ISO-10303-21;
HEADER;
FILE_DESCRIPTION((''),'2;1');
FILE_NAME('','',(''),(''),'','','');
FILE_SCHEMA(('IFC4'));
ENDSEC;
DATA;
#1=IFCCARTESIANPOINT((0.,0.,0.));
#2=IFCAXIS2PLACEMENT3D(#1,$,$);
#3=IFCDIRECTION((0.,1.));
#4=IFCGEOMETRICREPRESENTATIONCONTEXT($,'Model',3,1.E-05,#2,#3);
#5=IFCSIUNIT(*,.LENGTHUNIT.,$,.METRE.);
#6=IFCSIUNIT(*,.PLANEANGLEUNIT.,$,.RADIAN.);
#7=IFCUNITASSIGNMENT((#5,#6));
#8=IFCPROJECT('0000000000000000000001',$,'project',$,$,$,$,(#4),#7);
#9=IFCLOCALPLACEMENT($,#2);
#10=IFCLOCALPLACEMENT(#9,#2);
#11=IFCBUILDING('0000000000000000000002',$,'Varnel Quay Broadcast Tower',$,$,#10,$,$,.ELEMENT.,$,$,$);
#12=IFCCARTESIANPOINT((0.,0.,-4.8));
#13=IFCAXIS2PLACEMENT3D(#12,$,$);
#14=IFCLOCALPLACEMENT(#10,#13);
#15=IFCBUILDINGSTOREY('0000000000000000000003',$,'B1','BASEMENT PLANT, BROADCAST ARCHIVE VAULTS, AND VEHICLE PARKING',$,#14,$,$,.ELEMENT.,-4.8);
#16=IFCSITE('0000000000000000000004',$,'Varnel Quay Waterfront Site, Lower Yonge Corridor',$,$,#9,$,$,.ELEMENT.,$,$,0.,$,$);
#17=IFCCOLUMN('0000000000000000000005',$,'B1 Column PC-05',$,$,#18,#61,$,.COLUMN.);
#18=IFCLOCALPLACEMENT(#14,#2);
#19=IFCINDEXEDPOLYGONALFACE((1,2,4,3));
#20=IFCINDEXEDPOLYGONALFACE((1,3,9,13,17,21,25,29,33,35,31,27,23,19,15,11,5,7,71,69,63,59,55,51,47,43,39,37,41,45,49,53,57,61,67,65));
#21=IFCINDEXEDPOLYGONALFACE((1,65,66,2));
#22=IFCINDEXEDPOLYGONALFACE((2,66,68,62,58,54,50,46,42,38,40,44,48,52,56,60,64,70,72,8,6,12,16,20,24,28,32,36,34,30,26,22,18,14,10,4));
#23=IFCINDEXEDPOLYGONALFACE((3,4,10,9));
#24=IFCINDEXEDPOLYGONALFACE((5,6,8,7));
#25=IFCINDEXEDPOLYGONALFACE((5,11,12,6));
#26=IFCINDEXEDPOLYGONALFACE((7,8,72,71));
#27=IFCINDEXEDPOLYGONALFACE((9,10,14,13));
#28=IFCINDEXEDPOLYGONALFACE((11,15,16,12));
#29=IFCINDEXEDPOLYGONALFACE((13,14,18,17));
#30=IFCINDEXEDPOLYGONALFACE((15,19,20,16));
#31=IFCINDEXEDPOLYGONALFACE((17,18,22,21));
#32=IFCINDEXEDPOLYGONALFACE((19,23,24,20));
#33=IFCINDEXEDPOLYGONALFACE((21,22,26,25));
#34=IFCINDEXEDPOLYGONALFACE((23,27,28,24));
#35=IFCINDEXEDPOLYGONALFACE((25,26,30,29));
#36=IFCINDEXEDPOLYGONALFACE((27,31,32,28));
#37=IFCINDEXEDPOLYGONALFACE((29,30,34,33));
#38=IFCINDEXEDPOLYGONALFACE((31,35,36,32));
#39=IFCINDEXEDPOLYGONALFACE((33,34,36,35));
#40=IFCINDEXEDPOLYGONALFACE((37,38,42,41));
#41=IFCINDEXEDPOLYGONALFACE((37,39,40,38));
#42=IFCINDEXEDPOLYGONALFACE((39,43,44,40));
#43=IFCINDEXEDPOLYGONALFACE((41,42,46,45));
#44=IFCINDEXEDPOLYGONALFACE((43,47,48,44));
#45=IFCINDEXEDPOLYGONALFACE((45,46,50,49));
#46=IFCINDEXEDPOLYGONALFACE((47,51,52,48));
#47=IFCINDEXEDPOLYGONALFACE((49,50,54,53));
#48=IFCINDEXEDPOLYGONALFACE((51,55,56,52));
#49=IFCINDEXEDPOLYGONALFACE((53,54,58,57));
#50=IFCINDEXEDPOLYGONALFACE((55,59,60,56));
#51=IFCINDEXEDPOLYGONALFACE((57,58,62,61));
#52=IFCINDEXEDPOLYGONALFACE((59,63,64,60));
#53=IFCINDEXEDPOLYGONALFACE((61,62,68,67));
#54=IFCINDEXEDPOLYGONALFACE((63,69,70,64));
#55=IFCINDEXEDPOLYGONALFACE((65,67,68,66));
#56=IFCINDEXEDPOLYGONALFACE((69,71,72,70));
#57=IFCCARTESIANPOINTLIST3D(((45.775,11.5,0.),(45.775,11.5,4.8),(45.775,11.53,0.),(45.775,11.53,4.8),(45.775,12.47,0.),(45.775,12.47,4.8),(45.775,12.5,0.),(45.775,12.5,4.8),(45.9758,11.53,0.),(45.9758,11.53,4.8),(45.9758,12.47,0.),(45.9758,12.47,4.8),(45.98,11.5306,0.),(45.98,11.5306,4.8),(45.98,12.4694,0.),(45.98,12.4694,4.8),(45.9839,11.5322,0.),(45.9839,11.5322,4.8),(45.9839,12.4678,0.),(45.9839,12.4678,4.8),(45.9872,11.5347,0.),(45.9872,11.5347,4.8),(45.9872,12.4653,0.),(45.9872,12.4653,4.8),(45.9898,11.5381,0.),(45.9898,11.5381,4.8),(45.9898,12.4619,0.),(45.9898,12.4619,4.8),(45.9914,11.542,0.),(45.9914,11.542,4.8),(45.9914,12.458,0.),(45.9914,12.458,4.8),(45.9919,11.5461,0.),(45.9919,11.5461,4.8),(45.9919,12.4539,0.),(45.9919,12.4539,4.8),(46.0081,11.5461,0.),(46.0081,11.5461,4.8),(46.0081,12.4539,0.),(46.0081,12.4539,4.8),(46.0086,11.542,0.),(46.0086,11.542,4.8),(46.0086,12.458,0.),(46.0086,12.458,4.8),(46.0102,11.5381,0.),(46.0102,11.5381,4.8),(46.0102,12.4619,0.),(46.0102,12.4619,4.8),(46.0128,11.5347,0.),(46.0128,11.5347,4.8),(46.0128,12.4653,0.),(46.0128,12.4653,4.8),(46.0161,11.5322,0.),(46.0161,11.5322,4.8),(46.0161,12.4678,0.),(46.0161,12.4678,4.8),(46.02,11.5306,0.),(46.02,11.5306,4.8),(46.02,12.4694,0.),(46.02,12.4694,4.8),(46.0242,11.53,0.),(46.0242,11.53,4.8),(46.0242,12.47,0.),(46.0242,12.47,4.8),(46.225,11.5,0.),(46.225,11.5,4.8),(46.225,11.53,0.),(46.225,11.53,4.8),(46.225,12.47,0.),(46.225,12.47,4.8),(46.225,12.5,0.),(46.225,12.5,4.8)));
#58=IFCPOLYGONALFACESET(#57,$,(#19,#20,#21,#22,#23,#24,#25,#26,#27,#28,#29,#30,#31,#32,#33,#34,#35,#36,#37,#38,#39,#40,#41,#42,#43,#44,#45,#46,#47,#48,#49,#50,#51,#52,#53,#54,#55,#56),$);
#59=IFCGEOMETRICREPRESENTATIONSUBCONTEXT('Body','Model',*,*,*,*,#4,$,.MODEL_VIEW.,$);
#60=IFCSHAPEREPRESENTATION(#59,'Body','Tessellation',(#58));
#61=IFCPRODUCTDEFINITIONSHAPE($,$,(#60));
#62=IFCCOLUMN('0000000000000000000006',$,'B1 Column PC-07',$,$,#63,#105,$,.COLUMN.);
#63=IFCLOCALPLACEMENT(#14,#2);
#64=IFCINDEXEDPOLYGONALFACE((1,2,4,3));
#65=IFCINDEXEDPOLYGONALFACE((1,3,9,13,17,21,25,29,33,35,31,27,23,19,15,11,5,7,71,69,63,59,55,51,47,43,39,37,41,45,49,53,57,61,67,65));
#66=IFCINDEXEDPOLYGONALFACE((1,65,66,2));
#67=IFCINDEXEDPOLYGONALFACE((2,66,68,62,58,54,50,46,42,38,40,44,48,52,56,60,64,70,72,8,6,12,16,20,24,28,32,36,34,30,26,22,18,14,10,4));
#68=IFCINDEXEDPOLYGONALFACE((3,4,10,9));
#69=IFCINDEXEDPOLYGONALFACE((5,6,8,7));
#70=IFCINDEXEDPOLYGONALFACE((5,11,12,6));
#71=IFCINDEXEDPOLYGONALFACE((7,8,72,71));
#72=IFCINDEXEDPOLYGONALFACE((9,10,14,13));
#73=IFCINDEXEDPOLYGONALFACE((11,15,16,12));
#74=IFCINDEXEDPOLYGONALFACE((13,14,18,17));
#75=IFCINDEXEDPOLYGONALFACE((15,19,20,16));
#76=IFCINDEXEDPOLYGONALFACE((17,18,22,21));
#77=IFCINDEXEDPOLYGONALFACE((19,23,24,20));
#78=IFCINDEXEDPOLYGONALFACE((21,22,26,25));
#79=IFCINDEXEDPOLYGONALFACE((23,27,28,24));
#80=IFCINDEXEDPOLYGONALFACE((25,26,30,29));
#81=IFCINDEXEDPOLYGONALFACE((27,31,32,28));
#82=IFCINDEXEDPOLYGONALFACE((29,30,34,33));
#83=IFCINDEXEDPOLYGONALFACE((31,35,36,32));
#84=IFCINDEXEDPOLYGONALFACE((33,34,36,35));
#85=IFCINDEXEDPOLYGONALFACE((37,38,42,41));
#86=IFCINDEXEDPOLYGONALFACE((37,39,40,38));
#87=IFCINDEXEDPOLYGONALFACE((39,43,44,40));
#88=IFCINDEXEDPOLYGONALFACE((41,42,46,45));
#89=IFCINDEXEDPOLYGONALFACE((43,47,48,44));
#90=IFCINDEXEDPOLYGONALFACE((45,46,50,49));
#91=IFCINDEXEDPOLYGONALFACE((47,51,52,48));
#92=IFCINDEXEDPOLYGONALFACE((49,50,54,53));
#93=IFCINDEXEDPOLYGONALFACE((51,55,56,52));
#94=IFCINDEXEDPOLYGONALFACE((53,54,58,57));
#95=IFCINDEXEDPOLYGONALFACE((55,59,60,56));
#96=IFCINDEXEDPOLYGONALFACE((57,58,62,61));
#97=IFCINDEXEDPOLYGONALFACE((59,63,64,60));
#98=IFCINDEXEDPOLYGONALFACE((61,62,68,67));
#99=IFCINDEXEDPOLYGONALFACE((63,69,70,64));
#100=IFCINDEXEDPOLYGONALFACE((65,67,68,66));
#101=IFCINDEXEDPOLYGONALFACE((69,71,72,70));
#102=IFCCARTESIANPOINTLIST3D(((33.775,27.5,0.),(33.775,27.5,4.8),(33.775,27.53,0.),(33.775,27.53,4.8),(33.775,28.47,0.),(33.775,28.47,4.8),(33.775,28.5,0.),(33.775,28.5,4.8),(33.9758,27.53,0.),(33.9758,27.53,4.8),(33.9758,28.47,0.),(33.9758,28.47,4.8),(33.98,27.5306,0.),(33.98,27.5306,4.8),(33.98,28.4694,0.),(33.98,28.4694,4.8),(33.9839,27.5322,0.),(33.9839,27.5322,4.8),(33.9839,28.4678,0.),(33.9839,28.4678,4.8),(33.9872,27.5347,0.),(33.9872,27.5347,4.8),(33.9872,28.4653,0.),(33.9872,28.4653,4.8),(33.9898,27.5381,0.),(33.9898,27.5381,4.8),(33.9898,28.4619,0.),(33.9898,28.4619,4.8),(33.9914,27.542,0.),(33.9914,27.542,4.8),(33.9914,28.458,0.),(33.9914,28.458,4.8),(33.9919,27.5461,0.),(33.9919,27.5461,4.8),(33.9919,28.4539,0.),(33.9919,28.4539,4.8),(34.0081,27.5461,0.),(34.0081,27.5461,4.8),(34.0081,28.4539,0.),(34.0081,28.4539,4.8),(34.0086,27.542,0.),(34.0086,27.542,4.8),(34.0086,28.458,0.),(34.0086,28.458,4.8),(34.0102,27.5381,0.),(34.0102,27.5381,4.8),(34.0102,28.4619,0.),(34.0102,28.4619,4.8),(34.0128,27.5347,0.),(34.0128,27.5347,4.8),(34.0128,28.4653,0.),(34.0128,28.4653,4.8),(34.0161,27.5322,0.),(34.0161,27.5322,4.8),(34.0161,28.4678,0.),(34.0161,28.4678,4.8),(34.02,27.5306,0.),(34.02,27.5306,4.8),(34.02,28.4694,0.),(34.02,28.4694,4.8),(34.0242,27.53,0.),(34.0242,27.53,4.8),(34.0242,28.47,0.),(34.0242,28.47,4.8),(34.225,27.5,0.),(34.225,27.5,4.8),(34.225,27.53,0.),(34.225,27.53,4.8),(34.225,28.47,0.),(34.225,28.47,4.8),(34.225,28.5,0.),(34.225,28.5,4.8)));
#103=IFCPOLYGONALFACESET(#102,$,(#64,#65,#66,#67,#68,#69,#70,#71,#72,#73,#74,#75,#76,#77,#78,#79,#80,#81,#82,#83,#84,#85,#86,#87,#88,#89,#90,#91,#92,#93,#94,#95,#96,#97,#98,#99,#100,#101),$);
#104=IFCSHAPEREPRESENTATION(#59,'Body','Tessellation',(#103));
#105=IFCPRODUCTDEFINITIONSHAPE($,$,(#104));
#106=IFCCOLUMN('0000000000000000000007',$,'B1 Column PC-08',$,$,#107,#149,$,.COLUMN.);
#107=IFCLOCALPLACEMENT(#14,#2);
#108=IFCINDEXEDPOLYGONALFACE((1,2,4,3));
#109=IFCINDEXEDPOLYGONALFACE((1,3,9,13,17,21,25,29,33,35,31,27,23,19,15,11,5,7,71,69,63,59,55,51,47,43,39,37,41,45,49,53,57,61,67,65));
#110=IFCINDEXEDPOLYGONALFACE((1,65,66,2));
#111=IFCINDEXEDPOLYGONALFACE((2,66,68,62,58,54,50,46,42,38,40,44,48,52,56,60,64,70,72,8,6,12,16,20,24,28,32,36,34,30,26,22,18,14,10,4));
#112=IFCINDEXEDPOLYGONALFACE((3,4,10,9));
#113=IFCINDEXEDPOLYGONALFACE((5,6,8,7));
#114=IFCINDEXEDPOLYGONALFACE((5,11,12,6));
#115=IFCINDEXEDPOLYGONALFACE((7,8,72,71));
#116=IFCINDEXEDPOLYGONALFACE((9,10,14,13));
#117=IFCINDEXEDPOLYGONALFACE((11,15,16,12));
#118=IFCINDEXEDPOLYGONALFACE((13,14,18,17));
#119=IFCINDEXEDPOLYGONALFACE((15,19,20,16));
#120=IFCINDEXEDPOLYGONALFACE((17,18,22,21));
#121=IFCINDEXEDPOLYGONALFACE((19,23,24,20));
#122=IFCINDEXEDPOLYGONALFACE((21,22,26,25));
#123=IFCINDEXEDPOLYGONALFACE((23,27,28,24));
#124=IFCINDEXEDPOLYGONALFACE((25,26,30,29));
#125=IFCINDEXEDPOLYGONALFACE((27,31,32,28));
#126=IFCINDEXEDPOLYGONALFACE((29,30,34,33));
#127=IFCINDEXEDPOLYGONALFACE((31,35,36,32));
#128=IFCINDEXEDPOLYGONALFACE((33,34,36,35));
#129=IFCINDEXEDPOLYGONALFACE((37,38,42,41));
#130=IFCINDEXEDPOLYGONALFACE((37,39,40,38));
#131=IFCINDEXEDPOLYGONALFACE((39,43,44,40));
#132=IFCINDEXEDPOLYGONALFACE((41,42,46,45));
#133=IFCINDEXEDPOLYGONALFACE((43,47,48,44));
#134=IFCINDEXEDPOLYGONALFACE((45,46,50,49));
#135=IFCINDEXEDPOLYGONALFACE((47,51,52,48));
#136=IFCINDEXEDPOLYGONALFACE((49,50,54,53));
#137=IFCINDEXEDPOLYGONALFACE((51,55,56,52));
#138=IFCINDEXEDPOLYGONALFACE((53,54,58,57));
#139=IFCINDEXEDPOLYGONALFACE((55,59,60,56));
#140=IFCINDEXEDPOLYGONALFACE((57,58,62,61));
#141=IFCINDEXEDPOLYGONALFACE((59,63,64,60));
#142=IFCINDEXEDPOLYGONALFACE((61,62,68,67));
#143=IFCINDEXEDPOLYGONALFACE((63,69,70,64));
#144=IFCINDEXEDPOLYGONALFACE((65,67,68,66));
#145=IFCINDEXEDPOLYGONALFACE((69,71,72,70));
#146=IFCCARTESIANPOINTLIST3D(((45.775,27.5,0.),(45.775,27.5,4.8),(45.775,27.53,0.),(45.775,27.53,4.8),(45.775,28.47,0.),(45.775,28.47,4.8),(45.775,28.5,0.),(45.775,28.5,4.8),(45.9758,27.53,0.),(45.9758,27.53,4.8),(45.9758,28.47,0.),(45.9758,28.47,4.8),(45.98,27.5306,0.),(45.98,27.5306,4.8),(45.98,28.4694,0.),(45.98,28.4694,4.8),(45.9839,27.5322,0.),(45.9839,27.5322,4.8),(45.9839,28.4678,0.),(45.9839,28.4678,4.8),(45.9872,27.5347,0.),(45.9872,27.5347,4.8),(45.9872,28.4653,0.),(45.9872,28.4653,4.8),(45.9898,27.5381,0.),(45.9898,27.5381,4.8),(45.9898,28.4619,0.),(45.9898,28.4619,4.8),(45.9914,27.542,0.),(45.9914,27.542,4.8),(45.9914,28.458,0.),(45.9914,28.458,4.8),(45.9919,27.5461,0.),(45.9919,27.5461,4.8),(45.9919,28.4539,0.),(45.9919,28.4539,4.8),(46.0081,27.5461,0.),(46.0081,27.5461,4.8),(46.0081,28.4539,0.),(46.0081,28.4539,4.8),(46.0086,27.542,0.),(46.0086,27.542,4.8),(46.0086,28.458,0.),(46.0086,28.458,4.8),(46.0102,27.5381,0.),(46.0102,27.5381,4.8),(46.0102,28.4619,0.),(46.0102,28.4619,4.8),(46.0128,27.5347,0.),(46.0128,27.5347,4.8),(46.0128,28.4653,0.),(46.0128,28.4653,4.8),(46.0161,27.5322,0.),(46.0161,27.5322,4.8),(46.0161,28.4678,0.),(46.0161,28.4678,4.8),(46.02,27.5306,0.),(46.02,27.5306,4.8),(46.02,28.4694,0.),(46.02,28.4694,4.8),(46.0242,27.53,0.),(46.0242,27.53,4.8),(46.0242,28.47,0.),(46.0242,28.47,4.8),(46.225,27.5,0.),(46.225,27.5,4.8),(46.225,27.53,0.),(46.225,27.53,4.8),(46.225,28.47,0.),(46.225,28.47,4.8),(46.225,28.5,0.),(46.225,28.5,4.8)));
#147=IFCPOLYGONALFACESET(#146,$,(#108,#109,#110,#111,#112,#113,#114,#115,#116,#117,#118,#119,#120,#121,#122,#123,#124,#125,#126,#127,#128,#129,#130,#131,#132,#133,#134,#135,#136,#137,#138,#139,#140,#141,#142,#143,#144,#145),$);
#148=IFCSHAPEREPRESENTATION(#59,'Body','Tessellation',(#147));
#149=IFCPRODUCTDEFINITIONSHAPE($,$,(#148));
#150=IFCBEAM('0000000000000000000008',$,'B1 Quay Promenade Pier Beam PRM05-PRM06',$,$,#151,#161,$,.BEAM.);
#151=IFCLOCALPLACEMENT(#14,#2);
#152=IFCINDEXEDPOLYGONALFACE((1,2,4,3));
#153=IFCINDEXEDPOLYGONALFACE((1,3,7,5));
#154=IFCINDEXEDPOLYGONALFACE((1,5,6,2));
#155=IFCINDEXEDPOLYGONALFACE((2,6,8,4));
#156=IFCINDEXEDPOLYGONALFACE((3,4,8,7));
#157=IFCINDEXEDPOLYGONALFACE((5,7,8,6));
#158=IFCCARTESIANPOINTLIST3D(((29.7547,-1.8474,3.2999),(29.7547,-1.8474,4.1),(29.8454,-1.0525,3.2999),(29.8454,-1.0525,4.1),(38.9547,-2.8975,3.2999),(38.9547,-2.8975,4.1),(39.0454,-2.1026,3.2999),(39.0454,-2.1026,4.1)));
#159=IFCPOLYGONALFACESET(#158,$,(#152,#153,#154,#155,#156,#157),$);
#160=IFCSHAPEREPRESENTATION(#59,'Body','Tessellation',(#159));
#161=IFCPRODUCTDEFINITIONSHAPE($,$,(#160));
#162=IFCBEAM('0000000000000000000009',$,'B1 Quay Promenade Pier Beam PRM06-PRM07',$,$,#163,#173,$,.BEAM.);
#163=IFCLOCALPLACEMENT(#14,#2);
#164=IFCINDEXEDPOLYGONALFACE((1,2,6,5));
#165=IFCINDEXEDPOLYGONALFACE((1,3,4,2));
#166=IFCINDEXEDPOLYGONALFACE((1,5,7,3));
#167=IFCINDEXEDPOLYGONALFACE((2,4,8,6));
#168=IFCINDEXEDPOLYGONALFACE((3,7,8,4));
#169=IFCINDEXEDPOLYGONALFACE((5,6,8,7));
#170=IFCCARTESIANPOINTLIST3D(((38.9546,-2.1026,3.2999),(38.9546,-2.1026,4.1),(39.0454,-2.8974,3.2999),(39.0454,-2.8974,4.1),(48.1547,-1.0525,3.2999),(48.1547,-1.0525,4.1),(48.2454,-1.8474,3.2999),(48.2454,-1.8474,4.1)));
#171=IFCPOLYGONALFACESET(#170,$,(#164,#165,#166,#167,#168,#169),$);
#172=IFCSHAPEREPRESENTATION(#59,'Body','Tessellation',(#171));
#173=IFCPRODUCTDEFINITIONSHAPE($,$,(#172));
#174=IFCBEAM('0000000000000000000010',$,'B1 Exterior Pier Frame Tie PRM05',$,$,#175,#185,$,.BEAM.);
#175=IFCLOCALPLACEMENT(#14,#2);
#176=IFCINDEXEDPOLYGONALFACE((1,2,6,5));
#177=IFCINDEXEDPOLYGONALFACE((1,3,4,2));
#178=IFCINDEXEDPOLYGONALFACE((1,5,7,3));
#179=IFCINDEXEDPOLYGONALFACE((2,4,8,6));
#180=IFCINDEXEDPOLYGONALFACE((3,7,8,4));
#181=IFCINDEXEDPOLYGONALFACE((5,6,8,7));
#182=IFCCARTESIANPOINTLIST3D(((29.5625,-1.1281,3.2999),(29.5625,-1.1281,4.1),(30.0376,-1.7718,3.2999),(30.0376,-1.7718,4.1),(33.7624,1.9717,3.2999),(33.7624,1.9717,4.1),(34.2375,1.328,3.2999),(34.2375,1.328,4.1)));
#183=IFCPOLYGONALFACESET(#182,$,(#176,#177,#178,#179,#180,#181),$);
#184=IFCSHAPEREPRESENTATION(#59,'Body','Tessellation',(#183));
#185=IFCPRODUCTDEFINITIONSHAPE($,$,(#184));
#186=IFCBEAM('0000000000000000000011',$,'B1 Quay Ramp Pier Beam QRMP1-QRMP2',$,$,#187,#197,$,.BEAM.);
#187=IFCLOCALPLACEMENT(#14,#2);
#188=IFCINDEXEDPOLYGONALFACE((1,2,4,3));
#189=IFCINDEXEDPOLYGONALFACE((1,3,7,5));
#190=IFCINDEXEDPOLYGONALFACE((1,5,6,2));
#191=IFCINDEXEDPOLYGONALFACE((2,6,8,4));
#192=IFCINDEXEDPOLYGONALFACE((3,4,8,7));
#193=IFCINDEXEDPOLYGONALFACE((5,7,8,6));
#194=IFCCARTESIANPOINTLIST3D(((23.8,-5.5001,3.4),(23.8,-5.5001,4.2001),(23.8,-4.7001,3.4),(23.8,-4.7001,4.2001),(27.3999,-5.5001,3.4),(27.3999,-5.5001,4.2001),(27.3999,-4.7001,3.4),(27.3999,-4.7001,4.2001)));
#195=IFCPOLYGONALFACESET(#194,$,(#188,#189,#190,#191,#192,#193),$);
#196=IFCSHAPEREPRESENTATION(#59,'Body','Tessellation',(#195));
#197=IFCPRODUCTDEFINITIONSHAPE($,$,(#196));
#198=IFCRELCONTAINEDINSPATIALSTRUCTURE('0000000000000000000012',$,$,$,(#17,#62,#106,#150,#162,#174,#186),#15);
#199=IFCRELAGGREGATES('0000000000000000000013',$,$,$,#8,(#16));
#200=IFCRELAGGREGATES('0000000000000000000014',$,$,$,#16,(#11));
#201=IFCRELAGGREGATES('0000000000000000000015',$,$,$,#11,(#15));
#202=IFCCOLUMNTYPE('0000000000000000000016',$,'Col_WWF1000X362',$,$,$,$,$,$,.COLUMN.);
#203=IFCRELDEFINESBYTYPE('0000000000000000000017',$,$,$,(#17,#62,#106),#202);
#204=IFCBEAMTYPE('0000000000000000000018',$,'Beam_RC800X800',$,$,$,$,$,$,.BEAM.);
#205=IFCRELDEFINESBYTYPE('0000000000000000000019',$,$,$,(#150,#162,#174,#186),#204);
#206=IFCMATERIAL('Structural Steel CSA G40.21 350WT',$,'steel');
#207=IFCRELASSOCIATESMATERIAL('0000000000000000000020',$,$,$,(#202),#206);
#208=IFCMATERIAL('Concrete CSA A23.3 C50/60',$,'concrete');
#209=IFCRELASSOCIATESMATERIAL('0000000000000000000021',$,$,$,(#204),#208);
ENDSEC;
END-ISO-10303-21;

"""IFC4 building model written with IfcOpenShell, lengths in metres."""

from ifc_helpers import new_model, si_unit, direction, frame, origin, origin_2d, place, context, subcontext, project, spatial, rectangle, i_section, extrude, source, transform, mapped, material, material_profile, profile_set, type_object, type_shapes, element, save


model = new_model("IFC4")

# Units and contexts
model_context = context("Model", 3, precision=1e-05, world=origin(), true_north=direction((0.0, 1.0)))
body_context = subcontext(model_context, "Body", "Model", "MODEL_VIEW")
ifc_project = project(units=[si_unit("LENGTHUNIT", "METRE"), si_unit("PLANEANGLEUNIT", "RADIAN")], contexts=[model_context])

# Site, building, storey
site_placement = place(None, origin())
site = spatial("IfcSite", under=ifc_project, at=site_placement, Name="Varnel Quay Waterfront Site, Lower Yonge Corridor", CompositionType="ELEMENT", RefElevation=0.0)
building_placement = place(site_placement, origin())
building = spatial("IfcBuilding", under=site, at=building_placement, Name="Varnel Quay Broadcast Tower", CompositionType="ELEMENT")
storey_placement = place(building_placement, frame((0.0, 0.0, -4.8)))
storey = spatial("IfcBuildingStorey", under=building, at=storey_placement, Name="B1", Description="BASEMENT PLANT, BROADCAST ARCHIVE VAULTS, AND VEHICLE PARKING", CompositionType="ELEMENT", Elevation=-4.8)

# Columns
ifc_material_1 = material(Name="Concrete CSA A23.3 C50/60", Category="concrete")
ifc_material_2 = material(Name="Structural Steel CSA G40.21 350WT", Category="steel")
ifc_material_profile_1 = material_profile(ifc_material_2, i_section(OverallWidth=0.45, OverallDepth=1.0, WebThickness=0.0161, FlangeThickness=0.03, FilletRadius=0.0161, at=origin_2d()), Name="WWF1000X362")
ifc_profile_set_1 = profile_set([ifc_material_profile_1], Name="Structural Steel CSA G40.21 350WT")
column_type_1 = type_object("IfcColumnType", Name="Col_WWF1000X362", PredefinedType="COLUMN", material=ifc_profile_set_1)
shared_shape_1 = source(origin(), body_context, "Body", "SweptSolid", [
    extrude(i_section(OverallWidth=0.45, OverallDepth=1.0, WebThickness=0.0161, FlangeThickness=0.03, FilletRadius=0.0161, at=origin_2d()), origin(), (0.0, 0.0, 1.0), 4.8),
])
type_shapes(column_type_1, [shared_shape_1])
for number, where, z_axis, x_axis, name in (
    (1, (46.0, 12.0, 0.0), (0.0, 0.0, 1.0), (1.0, 0.0, 0.0), "B1 Column PC-05"),
    (2, (34.0, 28.0, 0.0), (0.0, 0.0, 1.0), (1.0, 0.0, 0.0), "B1 Column PC-07"),
    (3, (46.0, 28.0, 0.0), (0.0, 0.0, 1.0), (1.0, 0.0, 0.0), "B1 Column PC-08"),
):
    element("IfcColumn", number, at=place(storey_placement, frame(where, z_axis=z_axis, x_axis=x_axis)), inside=storey, type_object=column_type_1, Name=name, PredefinedType="COLUMN", context=body_context, shape_type="MappedRepresentation", body=[
        mapped(shared_shape_1, transform((0.0, 0.0, 0.0), x_axis=(1.0, 0.0, 0.0), y_axis=(0.0, 1.0, 0.0), z_axis=(0.0, 0.0, 1.0), scale=1.0)),
    ])

# Beams
ifc_material_profile_2 = material_profile(ifc_material_1, rectangle(XDim=0.8, YDim=0.8, at=origin_2d()), Name="RC800X800")
ifc_profile_set_2 = profile_set([ifc_material_profile_2], Name="Concrete CSA A23.3 C50/60")
beam_type_1 = type_object("IfcBeamType", Name="Beam_RC800X800", PredefinedType="BEAM", material=ifc_profile_set_2)
shared_shape_2 = source(origin(), body_context, "Body", "SweptSolid", [
    extrude(rectangle(XDim=0.8, YDim=0.8, at=origin_2d()), origin(), (0.0, 0.0, 1.0), 9.2598),
])
for number, where, z_axis, x_axis, name in (
    (4, (29.8, -1.45, 3.7), (0.993549, -0.1134, 0.0), (0.1134, 0.993549, 0.0), "B1 Quay Promenade Pier Beam PRM05-PRM06"),
    (5, (39.0, -2.5, 3.7), (0.993549, 0.1134, 0.0), (-0.1134, 0.993549, 0.0), "B1 Quay Promenade Pier Beam PRM06-PRM07"),
):
    element("IfcBeam", number, at=place(storey_placement, frame(where, z_axis=z_axis, x_axis=x_axis)), inside=storey, type_object=beam_type_1, Name=name, PredefinedType="BEAM", context=body_context, shape_type="MappedRepresentation", body=[
        mapped(shared_shape_2, transform((0.0, 0.0, 0.0), x_axis=(1.0, 0.0, 0.0), y_axis=(0.0, 1.0, 0.0), z_axis=(0.0, 0.0, 1.0), scale=1.0)),
    ])
shared_shape_3 = source(origin(), body_context, "Body", "SweptSolid", [
    extrude(rectangle(XDim=0.8, YDim=0.8, at=origin_2d()), origin(), (0.0, 0.0, 1.0), 5.22),
])
beam_1_placement = place(storey_placement, frame((29.8, -1.45, 3.7), z_axis=(0.804584, 0.593839, 0.0), x_axis=(-0.593839, 0.804584, 0.0)))
element("IfcBeam", 6, at=beam_1_placement, inside=storey, type_object=beam_type_1, Name="B1 Exterior Pier Frame Tie PRM05", PredefinedType="BEAM", context=body_context, shape_type="MappedRepresentation", body=[
    mapped(shared_shape_3, transform((0.0, 0.0, 0.0), x_axis=(1.0, 0.0, 0.0), y_axis=(0.0, 1.0, 0.0), z_axis=(0.0, 0.0, 1.0), scale=1.0)),
])
shared_shape_4 = source(origin(), body_context, "Body", "SweptSolid", [
    extrude(rectangle(XDim=0.8, YDim=0.8, at=origin_2d()), origin(), (0.0, 0.0, 1.0), 3.5999),
])
beam_2_placement = place(storey_placement, frame((23.8, -5.1001, 3.8), z_axis=(1.0, 0.0, 0.0), x_axis=(0.0, 1.0, 0.0)))
element("IfcBeam", 7, at=beam_2_placement, inside=storey, type_object=beam_type_1, Name="B1 Quay Ramp Pier Beam QRMP1-QRMP2", PredefinedType="BEAM", context=body_context, shape_type="MappedRepresentation", body=[
    mapped(shared_shape_4, transform((0.0, 0.0, 0.0), x_axis=(1.0, 0.0, 0.0), y_axis=(0.0, 1.0, 0.0), z_axis=(0.0, 0.0, 1.0), scale=1.0)),
])

save(model, "model.ifc")
